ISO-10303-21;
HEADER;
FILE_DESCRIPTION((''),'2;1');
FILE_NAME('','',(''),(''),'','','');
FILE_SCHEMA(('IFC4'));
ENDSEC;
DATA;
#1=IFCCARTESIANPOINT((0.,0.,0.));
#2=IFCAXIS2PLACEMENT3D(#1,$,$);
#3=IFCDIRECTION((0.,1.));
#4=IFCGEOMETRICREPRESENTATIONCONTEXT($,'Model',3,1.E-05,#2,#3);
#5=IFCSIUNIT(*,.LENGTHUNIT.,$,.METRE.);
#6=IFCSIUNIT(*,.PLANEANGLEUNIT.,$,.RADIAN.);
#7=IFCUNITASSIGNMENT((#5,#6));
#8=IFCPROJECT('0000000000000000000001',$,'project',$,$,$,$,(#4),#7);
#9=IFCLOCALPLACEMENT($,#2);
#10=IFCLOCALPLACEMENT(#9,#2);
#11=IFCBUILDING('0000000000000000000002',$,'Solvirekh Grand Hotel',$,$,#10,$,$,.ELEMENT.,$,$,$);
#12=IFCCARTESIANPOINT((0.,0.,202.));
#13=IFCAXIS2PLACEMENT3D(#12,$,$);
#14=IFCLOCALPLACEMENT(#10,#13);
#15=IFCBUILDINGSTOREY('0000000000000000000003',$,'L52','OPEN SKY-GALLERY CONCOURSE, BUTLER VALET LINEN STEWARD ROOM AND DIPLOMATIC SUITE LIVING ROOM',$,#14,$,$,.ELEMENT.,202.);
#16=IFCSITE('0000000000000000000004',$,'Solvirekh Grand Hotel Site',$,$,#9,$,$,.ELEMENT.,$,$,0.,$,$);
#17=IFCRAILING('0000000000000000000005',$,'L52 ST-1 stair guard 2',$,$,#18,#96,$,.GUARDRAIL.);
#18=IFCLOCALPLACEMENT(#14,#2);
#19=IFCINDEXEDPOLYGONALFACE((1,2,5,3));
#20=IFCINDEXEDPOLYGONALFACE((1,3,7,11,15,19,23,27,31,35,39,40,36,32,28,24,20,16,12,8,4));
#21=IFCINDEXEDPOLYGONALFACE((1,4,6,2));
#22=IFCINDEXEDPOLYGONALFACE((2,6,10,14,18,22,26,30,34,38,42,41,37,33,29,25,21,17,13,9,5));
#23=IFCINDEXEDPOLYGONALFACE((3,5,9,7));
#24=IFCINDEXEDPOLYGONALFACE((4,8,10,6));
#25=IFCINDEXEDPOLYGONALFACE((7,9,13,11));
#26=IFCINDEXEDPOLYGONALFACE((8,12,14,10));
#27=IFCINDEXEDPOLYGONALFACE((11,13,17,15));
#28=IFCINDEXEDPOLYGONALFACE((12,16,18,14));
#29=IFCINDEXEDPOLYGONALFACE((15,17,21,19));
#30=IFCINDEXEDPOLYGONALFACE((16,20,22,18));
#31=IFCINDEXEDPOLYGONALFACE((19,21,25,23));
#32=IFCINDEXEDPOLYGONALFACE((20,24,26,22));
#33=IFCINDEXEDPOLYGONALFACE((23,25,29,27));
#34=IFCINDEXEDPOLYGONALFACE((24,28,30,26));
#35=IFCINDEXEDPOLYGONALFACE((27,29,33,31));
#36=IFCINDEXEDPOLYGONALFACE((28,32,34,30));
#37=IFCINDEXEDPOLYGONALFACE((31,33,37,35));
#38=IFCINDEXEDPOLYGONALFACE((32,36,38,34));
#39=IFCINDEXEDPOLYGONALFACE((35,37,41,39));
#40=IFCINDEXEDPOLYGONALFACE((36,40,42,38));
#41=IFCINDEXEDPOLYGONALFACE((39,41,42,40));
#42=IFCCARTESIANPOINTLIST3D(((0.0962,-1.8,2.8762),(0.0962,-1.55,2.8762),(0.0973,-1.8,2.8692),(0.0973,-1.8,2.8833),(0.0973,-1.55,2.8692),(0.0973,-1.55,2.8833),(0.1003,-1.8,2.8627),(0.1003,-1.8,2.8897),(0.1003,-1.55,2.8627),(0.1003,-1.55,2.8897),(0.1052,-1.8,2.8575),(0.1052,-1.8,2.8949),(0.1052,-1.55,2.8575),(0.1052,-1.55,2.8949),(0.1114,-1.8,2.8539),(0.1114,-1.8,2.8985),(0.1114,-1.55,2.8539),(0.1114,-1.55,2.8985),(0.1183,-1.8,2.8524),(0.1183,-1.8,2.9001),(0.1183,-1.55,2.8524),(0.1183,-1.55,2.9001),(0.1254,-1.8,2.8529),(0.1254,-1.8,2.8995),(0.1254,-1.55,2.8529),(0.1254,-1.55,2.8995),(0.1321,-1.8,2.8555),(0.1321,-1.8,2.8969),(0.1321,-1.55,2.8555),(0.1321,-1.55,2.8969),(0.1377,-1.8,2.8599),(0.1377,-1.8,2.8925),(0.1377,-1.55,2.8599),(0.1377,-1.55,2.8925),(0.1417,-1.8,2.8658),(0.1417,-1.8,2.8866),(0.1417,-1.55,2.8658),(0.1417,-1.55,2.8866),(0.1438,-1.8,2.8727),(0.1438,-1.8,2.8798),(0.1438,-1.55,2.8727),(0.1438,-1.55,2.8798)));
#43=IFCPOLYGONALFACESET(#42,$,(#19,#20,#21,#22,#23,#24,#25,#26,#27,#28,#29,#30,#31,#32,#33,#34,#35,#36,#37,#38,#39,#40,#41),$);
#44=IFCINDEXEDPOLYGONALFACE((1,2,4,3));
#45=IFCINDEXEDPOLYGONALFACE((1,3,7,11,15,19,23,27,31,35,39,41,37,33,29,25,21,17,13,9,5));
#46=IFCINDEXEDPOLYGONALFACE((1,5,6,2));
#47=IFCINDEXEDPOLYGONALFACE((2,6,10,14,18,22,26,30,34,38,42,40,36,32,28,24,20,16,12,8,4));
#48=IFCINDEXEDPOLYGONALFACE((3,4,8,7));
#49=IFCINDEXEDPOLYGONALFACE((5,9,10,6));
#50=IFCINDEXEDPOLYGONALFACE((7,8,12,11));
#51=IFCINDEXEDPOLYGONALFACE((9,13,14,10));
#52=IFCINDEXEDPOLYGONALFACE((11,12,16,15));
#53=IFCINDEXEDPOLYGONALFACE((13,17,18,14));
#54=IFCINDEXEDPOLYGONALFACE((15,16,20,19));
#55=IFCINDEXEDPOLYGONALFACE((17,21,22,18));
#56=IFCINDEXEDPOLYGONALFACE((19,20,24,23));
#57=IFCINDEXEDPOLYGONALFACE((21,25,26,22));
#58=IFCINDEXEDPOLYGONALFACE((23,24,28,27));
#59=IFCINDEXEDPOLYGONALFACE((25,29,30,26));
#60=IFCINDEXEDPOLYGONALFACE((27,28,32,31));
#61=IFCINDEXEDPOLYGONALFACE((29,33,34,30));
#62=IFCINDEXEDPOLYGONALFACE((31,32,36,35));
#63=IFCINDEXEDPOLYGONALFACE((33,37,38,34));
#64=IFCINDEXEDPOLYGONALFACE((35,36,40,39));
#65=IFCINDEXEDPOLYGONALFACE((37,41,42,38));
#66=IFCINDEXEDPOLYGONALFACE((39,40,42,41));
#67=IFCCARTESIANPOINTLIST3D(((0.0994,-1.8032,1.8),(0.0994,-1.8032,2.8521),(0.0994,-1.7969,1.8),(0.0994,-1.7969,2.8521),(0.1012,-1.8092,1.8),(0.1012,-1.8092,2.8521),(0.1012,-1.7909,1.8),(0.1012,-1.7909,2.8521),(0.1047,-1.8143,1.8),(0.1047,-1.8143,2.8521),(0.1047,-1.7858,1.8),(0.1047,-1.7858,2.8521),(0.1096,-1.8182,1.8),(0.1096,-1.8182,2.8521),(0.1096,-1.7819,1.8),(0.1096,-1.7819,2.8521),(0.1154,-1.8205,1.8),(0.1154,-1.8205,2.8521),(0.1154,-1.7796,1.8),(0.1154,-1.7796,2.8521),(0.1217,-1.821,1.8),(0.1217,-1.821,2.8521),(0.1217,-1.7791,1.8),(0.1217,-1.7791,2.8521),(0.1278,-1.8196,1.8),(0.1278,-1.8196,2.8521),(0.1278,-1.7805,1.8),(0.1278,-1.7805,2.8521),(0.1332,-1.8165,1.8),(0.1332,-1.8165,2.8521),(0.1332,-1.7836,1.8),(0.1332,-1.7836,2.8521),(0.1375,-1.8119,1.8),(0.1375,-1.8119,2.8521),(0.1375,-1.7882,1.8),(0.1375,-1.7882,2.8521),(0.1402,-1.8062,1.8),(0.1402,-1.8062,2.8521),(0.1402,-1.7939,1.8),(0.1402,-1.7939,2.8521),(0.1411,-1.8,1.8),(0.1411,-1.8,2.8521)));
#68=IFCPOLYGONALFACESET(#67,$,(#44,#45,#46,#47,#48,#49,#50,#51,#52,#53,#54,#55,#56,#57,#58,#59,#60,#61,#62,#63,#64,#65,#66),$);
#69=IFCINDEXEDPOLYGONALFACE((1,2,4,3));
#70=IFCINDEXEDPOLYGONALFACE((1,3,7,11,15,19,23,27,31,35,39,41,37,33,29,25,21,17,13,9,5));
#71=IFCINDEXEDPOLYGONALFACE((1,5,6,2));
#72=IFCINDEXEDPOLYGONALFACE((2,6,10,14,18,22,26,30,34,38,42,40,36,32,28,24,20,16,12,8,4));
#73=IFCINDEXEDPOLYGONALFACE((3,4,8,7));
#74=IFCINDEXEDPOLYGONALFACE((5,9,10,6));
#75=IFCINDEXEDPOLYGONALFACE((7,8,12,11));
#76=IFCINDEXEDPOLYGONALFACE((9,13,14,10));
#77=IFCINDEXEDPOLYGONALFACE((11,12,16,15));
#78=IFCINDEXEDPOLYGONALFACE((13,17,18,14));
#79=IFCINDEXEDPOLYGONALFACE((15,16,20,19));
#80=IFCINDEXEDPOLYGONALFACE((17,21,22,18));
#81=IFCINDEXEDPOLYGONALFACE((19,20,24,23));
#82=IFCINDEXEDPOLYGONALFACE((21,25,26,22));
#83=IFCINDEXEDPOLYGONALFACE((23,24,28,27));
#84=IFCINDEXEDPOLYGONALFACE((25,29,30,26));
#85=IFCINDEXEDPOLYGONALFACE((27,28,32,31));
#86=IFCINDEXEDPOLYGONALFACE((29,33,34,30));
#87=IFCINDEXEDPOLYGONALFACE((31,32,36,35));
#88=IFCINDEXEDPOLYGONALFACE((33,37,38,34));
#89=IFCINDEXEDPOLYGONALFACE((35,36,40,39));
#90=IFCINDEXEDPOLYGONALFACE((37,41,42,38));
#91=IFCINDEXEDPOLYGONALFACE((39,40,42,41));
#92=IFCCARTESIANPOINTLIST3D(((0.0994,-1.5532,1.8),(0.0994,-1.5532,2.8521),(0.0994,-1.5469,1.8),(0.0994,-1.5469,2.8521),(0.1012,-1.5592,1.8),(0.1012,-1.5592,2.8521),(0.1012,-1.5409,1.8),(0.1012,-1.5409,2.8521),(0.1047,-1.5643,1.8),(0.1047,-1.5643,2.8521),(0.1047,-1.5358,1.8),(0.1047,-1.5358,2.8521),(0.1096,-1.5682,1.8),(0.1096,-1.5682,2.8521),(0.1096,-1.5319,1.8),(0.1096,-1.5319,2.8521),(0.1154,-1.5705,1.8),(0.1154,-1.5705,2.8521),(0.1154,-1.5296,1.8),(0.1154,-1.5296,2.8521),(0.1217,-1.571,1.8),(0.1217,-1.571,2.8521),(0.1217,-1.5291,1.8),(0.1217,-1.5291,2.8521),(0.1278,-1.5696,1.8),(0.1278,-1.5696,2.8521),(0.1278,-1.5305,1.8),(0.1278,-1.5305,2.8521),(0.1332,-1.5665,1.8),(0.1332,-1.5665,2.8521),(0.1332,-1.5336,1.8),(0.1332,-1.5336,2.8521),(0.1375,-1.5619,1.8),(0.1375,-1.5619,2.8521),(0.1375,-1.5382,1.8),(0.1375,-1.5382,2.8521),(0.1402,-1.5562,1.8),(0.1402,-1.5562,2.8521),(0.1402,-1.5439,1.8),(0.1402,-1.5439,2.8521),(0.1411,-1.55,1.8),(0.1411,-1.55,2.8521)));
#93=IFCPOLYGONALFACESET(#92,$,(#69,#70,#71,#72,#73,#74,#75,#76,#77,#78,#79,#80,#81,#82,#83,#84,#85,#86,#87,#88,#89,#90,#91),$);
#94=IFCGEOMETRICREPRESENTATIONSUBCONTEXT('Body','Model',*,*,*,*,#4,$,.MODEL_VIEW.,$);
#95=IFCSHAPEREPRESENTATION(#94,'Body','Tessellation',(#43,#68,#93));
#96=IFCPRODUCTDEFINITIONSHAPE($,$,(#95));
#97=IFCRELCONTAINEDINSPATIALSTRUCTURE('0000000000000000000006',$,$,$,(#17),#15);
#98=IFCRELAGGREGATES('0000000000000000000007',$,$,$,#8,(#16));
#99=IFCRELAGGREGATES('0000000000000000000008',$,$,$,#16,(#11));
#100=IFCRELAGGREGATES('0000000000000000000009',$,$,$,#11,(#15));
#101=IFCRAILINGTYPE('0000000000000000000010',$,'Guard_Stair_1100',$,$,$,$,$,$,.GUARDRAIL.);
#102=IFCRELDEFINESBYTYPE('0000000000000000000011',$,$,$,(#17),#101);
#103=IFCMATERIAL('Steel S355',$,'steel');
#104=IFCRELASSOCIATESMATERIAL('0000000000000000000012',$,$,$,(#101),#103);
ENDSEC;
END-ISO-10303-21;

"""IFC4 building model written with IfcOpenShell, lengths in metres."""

from ifc_helpers import new_model, si_unit, direction, frame, origin, origin_2d, place, context, subcontext, project, spatial, circle, extrude, material, type_object, element, save


model = new_model("IFC4")

# Units and contexts
model_context = context("Model", 3, precision=1e-05, world=origin(), true_north=direction((0.0, 1.0)))
body_context = subcontext(model_context, "Body", "Model", "MODEL_VIEW")
ifc_project = project(units=[si_unit("LENGTHUNIT", "METRE"), si_unit("PLANEANGLEUNIT", "RADIAN")], contexts=[model_context])

# Site, building, storey
site_placement = place(None, origin())
site = spatial("IfcSite", under=ifc_project, at=site_placement, Name="Solvirekh Grand Hotel Site", CompositionType="ELEMENT", RefElevation=0.0)
building_placement = place(site_placement, origin())
building = spatial("IfcBuilding", under=site, at=building_placement, Name="Solvirekh Grand Hotel", CompositionType="ELEMENT")
storey_placement = place(building_placement, frame((0.0, 0.0, 202.0)))
storey = spatial("IfcBuildingStorey", under=building, at=storey_placement, Name="L52", Description="OPEN SKY-GALLERY CONCOURSE, BUTLER VALET LINEN STEWARD ROOM AND DIPLOMATIC SUITE LIVING ROOM", CompositionType="ELEMENT", Elevation=202.0)

# Shared definitions
ifc_material_1 = material(Name="Steel S355", Category="steel")

# Railing
railing_type_1 = type_object("IfcRailingType", Name="Guard_Stair_1100", PredefinedType="GUARDRAIL", material=ifc_material_1)
railing_1_placement = place(storey_placement, frame((0.1201, -1.8, 1.8)))
element("IfcRailing", 1, at=railing_1_placement, inside=storey, type_object=railing_type_1, Name="L52 ST-1 stair guard 2", PredefinedType="GUARDRAIL", context=body_context, shape_type="SweptSolid", body=[
    extrude(circle(Radius=0.0239, at=origin_2d()), frame((0.0, 0.0, 1.0762), z_axis=(0.0, 1.0, 0.0), x_axis=(-1.0, 0.0, 0.0)), (0.0, 0.0, 1.0), 0.25),
    extrude(circle(Radius=0.021, at=origin_2d()), origin(), (0.0, 0.0, 1.0), 1.052),
    extrude(circle(Radius=0.021, at=origin_2d()), frame((0.0, 0.25, 0.0)), (0.0, 0.0, 1.0), 1.052),
])

save(model, "model.ifc")
